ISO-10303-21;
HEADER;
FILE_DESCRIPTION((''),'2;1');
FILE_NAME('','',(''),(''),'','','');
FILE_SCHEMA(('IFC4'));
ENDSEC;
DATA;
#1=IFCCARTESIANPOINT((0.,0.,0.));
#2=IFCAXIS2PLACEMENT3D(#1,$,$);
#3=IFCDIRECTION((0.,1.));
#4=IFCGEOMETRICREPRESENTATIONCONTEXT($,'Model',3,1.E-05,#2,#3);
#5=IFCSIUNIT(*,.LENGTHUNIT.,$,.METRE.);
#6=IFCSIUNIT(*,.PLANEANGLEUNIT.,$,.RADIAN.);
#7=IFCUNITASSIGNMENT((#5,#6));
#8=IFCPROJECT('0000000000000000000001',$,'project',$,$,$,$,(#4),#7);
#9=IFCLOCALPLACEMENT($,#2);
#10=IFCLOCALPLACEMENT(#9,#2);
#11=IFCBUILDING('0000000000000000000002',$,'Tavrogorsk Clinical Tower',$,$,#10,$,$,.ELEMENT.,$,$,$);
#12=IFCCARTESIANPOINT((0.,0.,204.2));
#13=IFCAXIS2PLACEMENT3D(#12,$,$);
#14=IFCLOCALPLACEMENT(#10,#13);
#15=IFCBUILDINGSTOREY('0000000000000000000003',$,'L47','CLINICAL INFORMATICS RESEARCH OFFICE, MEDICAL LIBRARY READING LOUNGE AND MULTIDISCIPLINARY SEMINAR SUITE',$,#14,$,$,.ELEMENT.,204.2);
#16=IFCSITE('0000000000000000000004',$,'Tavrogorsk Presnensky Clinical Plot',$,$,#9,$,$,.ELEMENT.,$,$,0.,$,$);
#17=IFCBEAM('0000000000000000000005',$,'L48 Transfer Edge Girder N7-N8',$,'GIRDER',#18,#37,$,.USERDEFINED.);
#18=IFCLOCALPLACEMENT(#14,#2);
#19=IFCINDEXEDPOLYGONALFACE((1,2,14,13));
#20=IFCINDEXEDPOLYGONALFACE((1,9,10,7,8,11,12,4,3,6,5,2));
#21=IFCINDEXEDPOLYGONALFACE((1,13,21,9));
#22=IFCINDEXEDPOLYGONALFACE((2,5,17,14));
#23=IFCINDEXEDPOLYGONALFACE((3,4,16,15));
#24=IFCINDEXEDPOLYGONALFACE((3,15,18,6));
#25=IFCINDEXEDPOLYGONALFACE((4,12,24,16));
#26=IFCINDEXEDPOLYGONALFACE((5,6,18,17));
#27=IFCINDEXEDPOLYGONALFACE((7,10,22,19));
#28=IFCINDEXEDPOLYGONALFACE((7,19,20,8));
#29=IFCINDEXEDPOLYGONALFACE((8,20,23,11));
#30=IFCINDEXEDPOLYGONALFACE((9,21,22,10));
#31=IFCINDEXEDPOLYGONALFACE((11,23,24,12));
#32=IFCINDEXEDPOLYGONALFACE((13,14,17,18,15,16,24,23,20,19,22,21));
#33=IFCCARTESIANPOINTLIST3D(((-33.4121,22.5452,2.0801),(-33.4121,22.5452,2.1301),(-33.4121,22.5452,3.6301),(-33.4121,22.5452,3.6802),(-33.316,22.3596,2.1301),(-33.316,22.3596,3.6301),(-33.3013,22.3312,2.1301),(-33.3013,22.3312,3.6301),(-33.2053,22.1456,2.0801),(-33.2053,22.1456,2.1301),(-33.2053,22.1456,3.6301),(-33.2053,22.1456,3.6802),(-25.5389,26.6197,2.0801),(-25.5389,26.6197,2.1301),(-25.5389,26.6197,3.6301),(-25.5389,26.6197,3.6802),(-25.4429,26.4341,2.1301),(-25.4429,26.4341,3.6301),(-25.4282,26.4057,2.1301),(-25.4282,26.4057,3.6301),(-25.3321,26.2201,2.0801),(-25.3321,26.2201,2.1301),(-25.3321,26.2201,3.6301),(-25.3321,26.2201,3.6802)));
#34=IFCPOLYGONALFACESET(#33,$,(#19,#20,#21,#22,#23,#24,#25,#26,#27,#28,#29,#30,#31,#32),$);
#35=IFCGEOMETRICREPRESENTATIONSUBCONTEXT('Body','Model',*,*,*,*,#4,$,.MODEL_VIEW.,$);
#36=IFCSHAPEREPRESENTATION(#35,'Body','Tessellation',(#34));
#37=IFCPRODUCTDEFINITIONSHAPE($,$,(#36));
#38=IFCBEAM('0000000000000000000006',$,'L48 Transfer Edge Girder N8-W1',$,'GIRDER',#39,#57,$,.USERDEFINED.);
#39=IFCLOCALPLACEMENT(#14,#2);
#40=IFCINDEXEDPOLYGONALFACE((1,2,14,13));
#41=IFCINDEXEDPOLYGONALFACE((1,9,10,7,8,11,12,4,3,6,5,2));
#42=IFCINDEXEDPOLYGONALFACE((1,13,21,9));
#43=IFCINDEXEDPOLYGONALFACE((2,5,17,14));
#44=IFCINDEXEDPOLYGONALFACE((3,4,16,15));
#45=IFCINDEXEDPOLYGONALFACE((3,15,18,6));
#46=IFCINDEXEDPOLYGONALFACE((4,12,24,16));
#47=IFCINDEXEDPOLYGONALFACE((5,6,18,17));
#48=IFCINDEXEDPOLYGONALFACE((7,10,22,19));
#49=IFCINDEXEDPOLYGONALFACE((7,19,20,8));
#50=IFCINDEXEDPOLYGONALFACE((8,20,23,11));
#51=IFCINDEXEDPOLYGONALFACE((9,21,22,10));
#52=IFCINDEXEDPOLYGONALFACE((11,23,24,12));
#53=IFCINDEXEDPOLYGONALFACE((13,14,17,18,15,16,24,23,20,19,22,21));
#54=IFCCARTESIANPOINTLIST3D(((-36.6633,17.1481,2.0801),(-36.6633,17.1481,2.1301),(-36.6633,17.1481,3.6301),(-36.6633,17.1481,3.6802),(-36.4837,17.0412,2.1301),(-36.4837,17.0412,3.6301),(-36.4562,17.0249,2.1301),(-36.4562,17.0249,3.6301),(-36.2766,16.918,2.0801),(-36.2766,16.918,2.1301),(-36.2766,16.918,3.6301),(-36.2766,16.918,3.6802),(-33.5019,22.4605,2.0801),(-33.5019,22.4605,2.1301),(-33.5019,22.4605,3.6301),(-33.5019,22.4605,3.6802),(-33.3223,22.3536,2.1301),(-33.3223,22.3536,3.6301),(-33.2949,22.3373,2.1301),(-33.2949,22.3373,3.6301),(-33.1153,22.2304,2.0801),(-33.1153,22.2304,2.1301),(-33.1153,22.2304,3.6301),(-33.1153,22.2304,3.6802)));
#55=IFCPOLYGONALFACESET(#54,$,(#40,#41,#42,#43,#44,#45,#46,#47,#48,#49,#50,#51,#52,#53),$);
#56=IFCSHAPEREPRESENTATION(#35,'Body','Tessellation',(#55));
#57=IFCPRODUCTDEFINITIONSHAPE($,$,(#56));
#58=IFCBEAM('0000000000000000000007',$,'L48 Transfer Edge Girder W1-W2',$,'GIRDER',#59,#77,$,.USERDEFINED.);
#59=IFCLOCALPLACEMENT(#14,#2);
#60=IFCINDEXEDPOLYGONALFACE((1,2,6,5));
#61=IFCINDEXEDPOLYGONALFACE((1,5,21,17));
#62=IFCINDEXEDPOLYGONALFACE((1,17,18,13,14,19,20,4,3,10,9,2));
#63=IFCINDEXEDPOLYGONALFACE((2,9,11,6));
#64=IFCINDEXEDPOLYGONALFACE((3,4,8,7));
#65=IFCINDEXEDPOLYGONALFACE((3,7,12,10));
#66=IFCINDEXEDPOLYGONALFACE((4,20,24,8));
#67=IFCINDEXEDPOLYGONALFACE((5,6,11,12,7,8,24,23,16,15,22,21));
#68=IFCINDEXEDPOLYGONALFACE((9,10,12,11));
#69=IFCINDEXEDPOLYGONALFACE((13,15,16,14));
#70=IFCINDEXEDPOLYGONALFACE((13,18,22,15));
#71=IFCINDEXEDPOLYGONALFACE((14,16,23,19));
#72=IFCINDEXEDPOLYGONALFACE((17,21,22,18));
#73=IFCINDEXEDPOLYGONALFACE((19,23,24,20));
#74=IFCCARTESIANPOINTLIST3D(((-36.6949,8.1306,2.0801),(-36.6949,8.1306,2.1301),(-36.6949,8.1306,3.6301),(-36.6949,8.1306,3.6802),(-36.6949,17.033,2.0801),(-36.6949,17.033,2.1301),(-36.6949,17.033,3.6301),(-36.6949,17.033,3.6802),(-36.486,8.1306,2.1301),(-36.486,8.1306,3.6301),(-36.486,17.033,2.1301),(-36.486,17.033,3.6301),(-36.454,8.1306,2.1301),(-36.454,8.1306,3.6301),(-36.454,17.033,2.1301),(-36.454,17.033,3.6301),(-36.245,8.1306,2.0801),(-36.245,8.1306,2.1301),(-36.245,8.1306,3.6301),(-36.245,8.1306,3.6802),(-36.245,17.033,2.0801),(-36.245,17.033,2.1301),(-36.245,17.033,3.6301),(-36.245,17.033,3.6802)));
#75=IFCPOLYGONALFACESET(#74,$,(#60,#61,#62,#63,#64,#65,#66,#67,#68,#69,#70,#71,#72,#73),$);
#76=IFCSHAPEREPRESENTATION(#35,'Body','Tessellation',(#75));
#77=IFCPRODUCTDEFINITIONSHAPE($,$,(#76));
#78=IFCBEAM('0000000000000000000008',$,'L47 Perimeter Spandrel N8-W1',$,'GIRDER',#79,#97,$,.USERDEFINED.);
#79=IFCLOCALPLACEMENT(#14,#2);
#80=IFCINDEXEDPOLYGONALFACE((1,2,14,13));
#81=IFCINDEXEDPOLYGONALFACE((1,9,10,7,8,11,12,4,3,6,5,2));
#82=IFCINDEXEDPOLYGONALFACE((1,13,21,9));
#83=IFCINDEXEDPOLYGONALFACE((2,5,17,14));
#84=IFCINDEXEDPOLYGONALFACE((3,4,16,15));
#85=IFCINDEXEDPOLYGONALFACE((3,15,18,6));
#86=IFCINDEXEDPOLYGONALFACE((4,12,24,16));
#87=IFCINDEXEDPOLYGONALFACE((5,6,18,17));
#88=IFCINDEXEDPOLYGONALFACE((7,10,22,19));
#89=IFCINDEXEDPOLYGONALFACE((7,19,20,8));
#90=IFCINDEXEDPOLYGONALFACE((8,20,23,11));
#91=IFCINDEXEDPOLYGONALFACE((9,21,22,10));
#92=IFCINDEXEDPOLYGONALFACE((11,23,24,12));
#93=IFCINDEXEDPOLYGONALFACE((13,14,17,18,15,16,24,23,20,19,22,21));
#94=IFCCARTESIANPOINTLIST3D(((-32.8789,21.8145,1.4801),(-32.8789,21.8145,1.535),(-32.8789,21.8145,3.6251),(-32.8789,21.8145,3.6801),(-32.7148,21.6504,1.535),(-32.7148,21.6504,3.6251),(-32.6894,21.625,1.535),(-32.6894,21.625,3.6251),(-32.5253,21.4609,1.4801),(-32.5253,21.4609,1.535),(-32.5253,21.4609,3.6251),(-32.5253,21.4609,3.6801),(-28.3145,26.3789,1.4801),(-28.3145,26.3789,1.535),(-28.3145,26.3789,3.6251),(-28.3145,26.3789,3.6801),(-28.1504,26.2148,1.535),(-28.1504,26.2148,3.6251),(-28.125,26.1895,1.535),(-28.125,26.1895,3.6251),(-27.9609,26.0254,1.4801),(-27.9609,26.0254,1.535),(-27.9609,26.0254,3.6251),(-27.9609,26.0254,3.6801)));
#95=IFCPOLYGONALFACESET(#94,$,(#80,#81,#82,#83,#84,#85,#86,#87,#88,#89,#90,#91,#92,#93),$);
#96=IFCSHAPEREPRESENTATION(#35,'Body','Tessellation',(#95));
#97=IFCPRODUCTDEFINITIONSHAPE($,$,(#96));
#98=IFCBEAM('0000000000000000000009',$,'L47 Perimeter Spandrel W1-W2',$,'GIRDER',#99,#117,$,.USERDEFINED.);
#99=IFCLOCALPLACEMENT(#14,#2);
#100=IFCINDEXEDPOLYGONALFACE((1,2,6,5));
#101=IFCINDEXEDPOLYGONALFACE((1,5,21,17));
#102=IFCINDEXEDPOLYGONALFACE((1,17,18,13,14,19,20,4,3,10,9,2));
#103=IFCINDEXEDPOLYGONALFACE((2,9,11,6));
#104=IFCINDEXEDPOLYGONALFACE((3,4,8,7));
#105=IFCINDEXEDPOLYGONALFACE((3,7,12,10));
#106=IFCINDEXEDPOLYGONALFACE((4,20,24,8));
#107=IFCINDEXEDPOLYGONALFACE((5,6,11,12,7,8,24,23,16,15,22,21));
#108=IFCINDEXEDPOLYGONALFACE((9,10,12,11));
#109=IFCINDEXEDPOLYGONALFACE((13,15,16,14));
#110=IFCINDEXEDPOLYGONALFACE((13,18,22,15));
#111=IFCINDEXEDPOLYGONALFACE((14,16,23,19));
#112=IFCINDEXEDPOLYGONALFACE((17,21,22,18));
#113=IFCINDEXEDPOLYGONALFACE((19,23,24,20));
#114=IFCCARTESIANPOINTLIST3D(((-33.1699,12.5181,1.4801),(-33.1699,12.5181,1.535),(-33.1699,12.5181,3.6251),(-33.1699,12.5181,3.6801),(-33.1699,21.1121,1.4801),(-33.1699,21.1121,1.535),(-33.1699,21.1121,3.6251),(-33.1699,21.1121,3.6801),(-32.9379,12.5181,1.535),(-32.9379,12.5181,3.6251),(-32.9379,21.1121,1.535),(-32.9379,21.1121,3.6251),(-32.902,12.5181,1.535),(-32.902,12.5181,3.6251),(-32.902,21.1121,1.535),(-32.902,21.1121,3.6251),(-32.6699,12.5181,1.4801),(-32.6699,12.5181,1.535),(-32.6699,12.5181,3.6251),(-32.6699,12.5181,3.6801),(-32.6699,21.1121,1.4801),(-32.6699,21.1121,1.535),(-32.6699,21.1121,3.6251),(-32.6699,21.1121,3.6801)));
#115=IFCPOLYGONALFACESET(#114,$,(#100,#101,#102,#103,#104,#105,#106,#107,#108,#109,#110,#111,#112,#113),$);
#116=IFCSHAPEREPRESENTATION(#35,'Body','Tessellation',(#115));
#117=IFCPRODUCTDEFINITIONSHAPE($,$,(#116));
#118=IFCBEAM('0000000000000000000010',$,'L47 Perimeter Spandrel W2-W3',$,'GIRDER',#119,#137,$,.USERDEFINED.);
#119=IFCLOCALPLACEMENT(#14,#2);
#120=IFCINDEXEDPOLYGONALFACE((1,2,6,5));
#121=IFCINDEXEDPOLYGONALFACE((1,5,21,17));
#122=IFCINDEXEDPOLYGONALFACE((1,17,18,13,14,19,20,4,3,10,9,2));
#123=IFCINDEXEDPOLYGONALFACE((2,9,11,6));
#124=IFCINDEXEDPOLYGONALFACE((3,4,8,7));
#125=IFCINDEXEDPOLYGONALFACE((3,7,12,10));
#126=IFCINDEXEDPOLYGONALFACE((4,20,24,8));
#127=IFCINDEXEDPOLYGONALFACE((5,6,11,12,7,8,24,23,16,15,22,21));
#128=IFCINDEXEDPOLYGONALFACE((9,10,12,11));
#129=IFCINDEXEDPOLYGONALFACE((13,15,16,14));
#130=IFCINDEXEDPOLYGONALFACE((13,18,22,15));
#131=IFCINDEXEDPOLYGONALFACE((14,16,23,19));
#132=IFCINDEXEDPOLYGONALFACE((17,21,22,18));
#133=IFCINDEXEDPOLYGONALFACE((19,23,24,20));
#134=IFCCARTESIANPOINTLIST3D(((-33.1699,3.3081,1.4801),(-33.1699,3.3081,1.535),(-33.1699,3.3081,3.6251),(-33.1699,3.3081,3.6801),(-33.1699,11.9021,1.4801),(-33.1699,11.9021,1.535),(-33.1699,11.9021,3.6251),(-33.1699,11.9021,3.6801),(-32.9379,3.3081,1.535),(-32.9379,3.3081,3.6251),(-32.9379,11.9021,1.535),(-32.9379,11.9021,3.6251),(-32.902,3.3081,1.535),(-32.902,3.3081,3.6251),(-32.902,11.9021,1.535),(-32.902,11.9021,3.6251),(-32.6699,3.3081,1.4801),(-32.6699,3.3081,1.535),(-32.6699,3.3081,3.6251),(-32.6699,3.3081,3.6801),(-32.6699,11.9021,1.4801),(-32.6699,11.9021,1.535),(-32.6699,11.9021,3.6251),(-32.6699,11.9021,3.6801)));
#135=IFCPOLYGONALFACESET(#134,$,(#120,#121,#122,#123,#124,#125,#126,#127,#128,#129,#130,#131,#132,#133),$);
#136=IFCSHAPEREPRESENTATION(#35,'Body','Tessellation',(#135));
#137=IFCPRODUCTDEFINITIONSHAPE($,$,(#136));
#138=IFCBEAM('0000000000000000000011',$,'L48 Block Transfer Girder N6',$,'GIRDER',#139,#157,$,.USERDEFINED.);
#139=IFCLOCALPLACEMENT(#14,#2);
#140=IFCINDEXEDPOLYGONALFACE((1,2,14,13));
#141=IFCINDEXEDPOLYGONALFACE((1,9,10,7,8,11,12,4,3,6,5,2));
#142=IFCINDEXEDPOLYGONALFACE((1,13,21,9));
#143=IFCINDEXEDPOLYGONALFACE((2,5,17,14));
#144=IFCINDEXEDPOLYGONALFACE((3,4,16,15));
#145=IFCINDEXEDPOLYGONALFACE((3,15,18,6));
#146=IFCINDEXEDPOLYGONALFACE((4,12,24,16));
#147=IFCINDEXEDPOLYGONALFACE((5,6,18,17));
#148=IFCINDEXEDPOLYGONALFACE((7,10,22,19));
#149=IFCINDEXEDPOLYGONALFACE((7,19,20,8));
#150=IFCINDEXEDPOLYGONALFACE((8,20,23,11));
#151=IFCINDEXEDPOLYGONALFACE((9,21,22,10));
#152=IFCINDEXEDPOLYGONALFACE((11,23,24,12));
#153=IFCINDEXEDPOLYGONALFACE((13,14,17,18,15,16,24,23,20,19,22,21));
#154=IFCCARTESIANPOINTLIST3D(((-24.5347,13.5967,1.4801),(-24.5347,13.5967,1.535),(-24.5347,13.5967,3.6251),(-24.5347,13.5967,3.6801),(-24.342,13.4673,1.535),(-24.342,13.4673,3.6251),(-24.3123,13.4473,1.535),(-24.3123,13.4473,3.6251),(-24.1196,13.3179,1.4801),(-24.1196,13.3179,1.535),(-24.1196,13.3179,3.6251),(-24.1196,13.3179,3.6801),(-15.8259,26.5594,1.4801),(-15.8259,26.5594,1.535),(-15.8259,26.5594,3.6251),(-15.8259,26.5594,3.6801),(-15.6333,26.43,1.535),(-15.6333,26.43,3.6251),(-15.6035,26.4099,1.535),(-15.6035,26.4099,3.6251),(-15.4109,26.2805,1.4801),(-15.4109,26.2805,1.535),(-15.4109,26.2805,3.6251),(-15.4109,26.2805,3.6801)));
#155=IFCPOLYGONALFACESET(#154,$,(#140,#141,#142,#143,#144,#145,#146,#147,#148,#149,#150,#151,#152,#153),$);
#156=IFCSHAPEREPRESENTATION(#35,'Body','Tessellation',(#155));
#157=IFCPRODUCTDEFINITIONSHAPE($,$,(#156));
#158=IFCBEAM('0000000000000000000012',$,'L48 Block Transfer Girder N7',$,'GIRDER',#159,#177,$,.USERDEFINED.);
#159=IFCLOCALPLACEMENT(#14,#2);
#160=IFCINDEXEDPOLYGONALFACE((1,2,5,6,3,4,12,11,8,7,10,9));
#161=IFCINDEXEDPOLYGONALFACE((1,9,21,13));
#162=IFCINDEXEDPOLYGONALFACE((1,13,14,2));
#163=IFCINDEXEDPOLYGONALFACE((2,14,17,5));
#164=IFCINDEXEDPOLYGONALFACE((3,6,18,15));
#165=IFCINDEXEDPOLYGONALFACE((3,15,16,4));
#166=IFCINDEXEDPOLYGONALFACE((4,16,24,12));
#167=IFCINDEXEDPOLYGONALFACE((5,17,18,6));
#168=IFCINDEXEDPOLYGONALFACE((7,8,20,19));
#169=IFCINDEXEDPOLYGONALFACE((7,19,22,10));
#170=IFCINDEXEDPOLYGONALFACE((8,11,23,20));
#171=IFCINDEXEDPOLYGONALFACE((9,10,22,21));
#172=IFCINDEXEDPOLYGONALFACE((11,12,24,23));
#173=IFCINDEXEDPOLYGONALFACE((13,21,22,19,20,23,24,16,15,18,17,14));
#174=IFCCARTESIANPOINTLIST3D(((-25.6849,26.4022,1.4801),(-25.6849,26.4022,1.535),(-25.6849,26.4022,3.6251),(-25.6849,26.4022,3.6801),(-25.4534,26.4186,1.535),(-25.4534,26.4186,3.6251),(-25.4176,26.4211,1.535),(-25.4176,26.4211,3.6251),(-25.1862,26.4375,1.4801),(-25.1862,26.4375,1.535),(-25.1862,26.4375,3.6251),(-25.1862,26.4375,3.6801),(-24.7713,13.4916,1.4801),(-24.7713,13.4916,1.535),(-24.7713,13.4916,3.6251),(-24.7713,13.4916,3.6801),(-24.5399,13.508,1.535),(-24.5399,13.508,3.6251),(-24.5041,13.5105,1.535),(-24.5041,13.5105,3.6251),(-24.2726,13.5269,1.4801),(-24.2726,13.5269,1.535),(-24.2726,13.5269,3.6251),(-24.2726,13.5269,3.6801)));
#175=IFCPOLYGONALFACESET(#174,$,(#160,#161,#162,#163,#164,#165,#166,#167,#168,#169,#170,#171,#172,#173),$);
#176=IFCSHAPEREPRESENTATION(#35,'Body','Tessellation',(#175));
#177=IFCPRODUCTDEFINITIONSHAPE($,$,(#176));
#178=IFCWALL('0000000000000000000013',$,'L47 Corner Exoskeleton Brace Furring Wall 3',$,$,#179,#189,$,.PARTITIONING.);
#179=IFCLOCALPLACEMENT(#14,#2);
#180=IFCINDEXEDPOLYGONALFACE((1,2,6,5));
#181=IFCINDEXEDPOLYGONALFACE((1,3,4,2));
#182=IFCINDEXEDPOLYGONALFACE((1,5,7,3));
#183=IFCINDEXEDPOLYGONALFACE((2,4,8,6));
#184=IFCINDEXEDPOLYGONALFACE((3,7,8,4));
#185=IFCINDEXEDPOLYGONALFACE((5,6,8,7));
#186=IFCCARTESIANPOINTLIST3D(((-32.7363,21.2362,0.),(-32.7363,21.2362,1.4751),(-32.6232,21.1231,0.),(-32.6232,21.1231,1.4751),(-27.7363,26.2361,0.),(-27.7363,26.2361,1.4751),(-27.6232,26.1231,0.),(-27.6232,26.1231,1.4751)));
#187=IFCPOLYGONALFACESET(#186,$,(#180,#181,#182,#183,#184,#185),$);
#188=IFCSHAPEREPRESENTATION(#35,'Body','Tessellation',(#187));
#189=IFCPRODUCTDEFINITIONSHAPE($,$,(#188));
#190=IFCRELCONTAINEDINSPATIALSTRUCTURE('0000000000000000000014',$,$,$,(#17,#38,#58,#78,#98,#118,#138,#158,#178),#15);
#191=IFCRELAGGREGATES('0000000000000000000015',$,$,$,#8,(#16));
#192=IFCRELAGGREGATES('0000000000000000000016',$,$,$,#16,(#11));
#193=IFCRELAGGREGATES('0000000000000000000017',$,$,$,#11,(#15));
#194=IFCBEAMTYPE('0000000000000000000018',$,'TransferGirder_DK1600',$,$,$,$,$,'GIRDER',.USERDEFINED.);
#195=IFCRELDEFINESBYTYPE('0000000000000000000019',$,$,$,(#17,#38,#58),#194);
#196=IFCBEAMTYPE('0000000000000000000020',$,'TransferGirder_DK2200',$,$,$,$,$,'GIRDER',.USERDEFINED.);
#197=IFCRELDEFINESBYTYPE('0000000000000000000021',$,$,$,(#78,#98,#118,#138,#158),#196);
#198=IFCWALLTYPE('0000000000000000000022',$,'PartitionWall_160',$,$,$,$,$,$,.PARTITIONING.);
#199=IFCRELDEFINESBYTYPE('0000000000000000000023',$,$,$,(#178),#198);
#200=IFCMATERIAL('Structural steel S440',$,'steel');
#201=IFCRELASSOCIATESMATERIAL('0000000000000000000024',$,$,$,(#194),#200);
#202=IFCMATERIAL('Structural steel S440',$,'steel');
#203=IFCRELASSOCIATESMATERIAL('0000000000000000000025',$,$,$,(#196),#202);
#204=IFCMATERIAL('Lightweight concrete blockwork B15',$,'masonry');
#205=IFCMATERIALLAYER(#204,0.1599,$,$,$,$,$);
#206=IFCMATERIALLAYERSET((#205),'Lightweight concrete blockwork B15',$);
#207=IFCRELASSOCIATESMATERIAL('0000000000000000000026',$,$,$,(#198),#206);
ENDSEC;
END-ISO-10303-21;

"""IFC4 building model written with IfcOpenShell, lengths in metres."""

from ifc_helpers import new_model, si_unit, direction, frame, frame_2d, origin, origin_2d, place, context, subcontext, project, spatial, rectangle, i_section, extrude, material, layer, layer_set, material_profile, profile_set, type_object, element, save


model = new_model("IFC4")

# Units and contexts
model_context = context("Model", 3, precision=1e-05, world=origin(), true_north=direction((0.0, 1.0)))
body_context = subcontext(model_context, "Body", "Model", "MODEL_VIEW")
ifc_project = project(units=[si_unit("LENGTHUNIT", "METRE"), si_unit("PLANEANGLEUNIT", "RADIAN")], contexts=[model_context])

# Site, building, storey
site_placement = place(None, origin())
site = spatial("IfcSite", under=ifc_project, at=site_placement, Name="Tavrogorsk Presnensky Clinical Plot", CompositionType="ELEMENT", RefElevation=0.0)
building_placement = place(site_placement, origin())
building = spatial("IfcBuilding", under=site, at=building_placement, Name="Tavrogorsk Clinical Tower", CompositionType="ELEMENT")
storey_placement = place(building_placement, frame((0.0, 0.0, 204.2)))
storey = spatial("IfcBuildingStorey", under=building, at=storey_placement, Name="L47", Description="CLINICAL INFORMATICS RESEARCH OFFICE, MEDICAL LIBRARY READING LOUNGE AND MULTIDISCIPLINARY SEMINAR SUITE", CompositionType="ELEMENT", Elevation=204.2)

# Beams
ifc_material_1 = material(Name="Structural steel S440", Category="steel")
ifc_material_profile_1 = material_profile(ifc_material_1, i_section(OverallWidth=0.45, OverallDepth=1.6001, WebThickness=0.032, FlangeThickness=0.05, at=origin_2d()), Name="DK-1600x450x32x50")
ifc_profile_set_1 = profile_set([ifc_material_profile_1], Name="Structural steel S440")
beam_type_1 = type_object("IfcBeamType", Name="TransferGirder_DK1600", ElementType="GIRDER", PredefinedType="USERDEFINED", material=ifc_profile_set_1)
beam_1_placement = place(storey_placement, frame((-25.4355, 26.4199, 2.8801), z_axis=(-0.888116, -0.459618, 0.0), x_axis=(0.459618, -0.888116, 0.0)))
element("IfcBeam", 1, at=beam_1_placement, inside=storey, type_object=beam_type_1, Name="L48 Transfer Edge Girder N7-N8", ObjectType="GIRDER", PredefinedType="USERDEFINED", context=body_context, shape_type="SweptSolid", body=[
    extrude(i_section(OverallWidth=0.45, OverallDepth=1.6001, WebThickness=0.032, FlangeThickness=0.05, at=origin_2d()), origin(), (0.0, 0.0, 1.0), 8.865),
])
beam_2_placement = place(storey_placement, frame((-33.3086, 22.3455, 2.8801), z_axis=(-0.511385, -0.859352, 0.0), x_axis=(0.859352, -0.511385, 0.0)))
element("IfcBeam", 2, at=beam_2_placement, inside=storey, type_object=beam_type_1, Name="L48 Transfer Edge Girder N8-W1", ObjectType="GIRDER", PredefinedType="USERDEFINED", context=body_context, shape_type="SweptSolid", body=[
    extrude(i_section(OverallWidth=0.45, OverallDepth=1.6001, WebThickness=0.032, FlangeThickness=0.05, at=origin_2d()), origin(), (0.0, 0.0, 1.0), 6.1819),
])
beam_3_placement = place(storey_placement, frame((-36.47, 17.033, 2.8801), z_axis=(0.0, -1.0, 0.0), x_axis=(1.0, 0.0, 0.0)))
element("IfcBeam", 3, at=beam_3_placement, inside=storey, type_object=beam_type_1, Name="L48 Transfer Edge Girder W1-W2", ObjectType="GIRDER", PredefinedType="USERDEFINED", context=body_context, shape_type="SweptSolid", body=[
    extrude(i_section(OverallWidth=0.45, OverallDepth=1.6001, WebThickness=0.032, FlangeThickness=0.05, at=origin_2d()), origin(), (0.0, 0.0, 1.0), 8.9023),
])
ifc_material_2 = material(Name="Structural steel S440", Category="steel")
ifc_material_profile_2 = material_profile(ifc_material_2, i_section(OverallWidth=0.5, OverallDepth=2.2, WebThickness=0.0359, FlangeThickness=0.0549, at=origin_2d()), Name="DK-2200x500x36x55")
ifc_profile_set_2 = profile_set([ifc_material_profile_2], Name="Structural steel S440")
beam_type_2 = type_object("IfcBeamType", Name="TransferGirder_DK2200", ElementType="GIRDER", PredefinedType="USERDEFINED", material=ifc_profile_set_2)
beam_4_placement = place(storey_placement, frame((-28.1377, 26.2021, 2.5801), z_axis=(-0.707107, -0.707107, 0.0), x_axis=(0.707107, -0.707107, 0.0)))
element("IfcBeam", 4, at=beam_4_placement, inside=storey, type_object=beam_type_2, Name="L47 Perimeter Spandrel N8-W1", ObjectType="GIRDER", PredefinedType="USERDEFINED", context=body_context, shape_type="SweptSolid", body=[
    extrude(i_section(OverallWidth=0.5, OverallDepth=2.2, WebThickness=0.0359, FlangeThickness=0.0549, at=origin_2d()), origin(), (0.0, 0.0, 1.0), 6.4551),
])
for number, where, z_axis, x_axis, name in (
    (5, (-32.9199, 21.1121, 2.5801), (0.0, -1.0, 0.0), (1.0, 0.0, 0.0), "L47 Perimeter Spandrel W1-W2"),
    (6, (-32.9199, 11.9021, 2.5801), (0.0, -1.0, 0.0), (1.0, 0.0, 0.0), "L47 Perimeter Spandrel W2-W3"),
):
    element("IfcBeam", number, at=place(storey_placement, frame(where, z_axis=z_axis, x_axis=x_axis)), inside=storey, type_object=beam_type_2, Name=name, ObjectType="GIRDER", PredefinedType="USERDEFINED", context=body_context, shape_type="SweptSolid", body=[
        extrude(i_section(OverallWidth=0.5, OverallDepth=2.2, WebThickness=0.0359, FlangeThickness=0.0549, at=origin_2d()), origin(), (0.0, 0.0, 1.0), 8.594),
    ])
beam_5_placement = place(storey_placement, frame((-24.3271, 13.4573, 2.5801), z_axis=(0.557666, 0.830066, 0.0), x_axis=(-0.830066, 0.557666, 0.0)))
element("IfcBeam", 7, at=beam_5_placement, inside=storey, type_object=beam_type_2, Name="L48 Block Transfer Girder N6", ObjectType="GIRDER", PredefinedType="USERDEFINED", context=body_context, shape_type="SweptSolid", body=[
    extrude(i_section(OverallWidth=0.5, OverallDepth=2.2, WebThickness=0.0359, FlangeThickness=0.0549, at=origin_2d()), origin(), (0.0, 0.0, 1.0), 15.6165),
])
beam_6_placement = place(storey_placement, frame((-24.522, 13.5093, 2.5801), z_axis=(-0.070585, 0.997506, 0.0), x_axis=(-0.997506, -0.070585, 0.0)))
element("IfcBeam", 8, at=beam_6_placement, inside=storey, type_object=beam_type_2, Name="L48 Block Transfer Girder N7", ObjectType="GIRDER", PredefinedType="USERDEFINED", context=body_context, shape_type="SweptSolid", body=[
    extrude(i_section(OverallWidth=0.5, OverallDepth=2.2, WebThickness=0.0359, FlangeThickness=0.0549, at=origin_2d()), origin(), (0.0, 0.0, 1.0), 12.9429),
])

# Wall
ifc_material_3 = material(Name="Lightweight concrete blockwork B15", Category="masonry")
ifc_layer_1 = layer(ifc_material_3, 0.1599)
ifc_layer_set_1 = layer_set([ifc_layer_1], Name="Lightweight concrete blockwork B15")
wall_type_1 = type_object("IfcWallType", Name="PartitionWall_160", PredefinedType="PARTITIONING", material=ifc_layer_set_1)
wall_1_placement = place(storey_placement, frame((-27.6797, 26.1797, 0.0), z_axis=(0.0, 0.0, 1.0), x_axis=(-0.707107, -0.707107, 0.0)))
element("IfcWall", 9, at=wall_1_placement, inside=storey, type_object=wall_type_1, Name="L47 Corner Exoskeleton Brace Furring Wall 3", PredefinedType="PARTITIONING", context=body_context, shape_type="SweptSolid", body=[
    extrude(rectangle(XDim=7.071, YDim=0.1599, at=frame_2d((3.5356, 0.0))), origin(), (0.0, 0.0, 1.0), 1.4751),
])

save(model, "model.ifc")
